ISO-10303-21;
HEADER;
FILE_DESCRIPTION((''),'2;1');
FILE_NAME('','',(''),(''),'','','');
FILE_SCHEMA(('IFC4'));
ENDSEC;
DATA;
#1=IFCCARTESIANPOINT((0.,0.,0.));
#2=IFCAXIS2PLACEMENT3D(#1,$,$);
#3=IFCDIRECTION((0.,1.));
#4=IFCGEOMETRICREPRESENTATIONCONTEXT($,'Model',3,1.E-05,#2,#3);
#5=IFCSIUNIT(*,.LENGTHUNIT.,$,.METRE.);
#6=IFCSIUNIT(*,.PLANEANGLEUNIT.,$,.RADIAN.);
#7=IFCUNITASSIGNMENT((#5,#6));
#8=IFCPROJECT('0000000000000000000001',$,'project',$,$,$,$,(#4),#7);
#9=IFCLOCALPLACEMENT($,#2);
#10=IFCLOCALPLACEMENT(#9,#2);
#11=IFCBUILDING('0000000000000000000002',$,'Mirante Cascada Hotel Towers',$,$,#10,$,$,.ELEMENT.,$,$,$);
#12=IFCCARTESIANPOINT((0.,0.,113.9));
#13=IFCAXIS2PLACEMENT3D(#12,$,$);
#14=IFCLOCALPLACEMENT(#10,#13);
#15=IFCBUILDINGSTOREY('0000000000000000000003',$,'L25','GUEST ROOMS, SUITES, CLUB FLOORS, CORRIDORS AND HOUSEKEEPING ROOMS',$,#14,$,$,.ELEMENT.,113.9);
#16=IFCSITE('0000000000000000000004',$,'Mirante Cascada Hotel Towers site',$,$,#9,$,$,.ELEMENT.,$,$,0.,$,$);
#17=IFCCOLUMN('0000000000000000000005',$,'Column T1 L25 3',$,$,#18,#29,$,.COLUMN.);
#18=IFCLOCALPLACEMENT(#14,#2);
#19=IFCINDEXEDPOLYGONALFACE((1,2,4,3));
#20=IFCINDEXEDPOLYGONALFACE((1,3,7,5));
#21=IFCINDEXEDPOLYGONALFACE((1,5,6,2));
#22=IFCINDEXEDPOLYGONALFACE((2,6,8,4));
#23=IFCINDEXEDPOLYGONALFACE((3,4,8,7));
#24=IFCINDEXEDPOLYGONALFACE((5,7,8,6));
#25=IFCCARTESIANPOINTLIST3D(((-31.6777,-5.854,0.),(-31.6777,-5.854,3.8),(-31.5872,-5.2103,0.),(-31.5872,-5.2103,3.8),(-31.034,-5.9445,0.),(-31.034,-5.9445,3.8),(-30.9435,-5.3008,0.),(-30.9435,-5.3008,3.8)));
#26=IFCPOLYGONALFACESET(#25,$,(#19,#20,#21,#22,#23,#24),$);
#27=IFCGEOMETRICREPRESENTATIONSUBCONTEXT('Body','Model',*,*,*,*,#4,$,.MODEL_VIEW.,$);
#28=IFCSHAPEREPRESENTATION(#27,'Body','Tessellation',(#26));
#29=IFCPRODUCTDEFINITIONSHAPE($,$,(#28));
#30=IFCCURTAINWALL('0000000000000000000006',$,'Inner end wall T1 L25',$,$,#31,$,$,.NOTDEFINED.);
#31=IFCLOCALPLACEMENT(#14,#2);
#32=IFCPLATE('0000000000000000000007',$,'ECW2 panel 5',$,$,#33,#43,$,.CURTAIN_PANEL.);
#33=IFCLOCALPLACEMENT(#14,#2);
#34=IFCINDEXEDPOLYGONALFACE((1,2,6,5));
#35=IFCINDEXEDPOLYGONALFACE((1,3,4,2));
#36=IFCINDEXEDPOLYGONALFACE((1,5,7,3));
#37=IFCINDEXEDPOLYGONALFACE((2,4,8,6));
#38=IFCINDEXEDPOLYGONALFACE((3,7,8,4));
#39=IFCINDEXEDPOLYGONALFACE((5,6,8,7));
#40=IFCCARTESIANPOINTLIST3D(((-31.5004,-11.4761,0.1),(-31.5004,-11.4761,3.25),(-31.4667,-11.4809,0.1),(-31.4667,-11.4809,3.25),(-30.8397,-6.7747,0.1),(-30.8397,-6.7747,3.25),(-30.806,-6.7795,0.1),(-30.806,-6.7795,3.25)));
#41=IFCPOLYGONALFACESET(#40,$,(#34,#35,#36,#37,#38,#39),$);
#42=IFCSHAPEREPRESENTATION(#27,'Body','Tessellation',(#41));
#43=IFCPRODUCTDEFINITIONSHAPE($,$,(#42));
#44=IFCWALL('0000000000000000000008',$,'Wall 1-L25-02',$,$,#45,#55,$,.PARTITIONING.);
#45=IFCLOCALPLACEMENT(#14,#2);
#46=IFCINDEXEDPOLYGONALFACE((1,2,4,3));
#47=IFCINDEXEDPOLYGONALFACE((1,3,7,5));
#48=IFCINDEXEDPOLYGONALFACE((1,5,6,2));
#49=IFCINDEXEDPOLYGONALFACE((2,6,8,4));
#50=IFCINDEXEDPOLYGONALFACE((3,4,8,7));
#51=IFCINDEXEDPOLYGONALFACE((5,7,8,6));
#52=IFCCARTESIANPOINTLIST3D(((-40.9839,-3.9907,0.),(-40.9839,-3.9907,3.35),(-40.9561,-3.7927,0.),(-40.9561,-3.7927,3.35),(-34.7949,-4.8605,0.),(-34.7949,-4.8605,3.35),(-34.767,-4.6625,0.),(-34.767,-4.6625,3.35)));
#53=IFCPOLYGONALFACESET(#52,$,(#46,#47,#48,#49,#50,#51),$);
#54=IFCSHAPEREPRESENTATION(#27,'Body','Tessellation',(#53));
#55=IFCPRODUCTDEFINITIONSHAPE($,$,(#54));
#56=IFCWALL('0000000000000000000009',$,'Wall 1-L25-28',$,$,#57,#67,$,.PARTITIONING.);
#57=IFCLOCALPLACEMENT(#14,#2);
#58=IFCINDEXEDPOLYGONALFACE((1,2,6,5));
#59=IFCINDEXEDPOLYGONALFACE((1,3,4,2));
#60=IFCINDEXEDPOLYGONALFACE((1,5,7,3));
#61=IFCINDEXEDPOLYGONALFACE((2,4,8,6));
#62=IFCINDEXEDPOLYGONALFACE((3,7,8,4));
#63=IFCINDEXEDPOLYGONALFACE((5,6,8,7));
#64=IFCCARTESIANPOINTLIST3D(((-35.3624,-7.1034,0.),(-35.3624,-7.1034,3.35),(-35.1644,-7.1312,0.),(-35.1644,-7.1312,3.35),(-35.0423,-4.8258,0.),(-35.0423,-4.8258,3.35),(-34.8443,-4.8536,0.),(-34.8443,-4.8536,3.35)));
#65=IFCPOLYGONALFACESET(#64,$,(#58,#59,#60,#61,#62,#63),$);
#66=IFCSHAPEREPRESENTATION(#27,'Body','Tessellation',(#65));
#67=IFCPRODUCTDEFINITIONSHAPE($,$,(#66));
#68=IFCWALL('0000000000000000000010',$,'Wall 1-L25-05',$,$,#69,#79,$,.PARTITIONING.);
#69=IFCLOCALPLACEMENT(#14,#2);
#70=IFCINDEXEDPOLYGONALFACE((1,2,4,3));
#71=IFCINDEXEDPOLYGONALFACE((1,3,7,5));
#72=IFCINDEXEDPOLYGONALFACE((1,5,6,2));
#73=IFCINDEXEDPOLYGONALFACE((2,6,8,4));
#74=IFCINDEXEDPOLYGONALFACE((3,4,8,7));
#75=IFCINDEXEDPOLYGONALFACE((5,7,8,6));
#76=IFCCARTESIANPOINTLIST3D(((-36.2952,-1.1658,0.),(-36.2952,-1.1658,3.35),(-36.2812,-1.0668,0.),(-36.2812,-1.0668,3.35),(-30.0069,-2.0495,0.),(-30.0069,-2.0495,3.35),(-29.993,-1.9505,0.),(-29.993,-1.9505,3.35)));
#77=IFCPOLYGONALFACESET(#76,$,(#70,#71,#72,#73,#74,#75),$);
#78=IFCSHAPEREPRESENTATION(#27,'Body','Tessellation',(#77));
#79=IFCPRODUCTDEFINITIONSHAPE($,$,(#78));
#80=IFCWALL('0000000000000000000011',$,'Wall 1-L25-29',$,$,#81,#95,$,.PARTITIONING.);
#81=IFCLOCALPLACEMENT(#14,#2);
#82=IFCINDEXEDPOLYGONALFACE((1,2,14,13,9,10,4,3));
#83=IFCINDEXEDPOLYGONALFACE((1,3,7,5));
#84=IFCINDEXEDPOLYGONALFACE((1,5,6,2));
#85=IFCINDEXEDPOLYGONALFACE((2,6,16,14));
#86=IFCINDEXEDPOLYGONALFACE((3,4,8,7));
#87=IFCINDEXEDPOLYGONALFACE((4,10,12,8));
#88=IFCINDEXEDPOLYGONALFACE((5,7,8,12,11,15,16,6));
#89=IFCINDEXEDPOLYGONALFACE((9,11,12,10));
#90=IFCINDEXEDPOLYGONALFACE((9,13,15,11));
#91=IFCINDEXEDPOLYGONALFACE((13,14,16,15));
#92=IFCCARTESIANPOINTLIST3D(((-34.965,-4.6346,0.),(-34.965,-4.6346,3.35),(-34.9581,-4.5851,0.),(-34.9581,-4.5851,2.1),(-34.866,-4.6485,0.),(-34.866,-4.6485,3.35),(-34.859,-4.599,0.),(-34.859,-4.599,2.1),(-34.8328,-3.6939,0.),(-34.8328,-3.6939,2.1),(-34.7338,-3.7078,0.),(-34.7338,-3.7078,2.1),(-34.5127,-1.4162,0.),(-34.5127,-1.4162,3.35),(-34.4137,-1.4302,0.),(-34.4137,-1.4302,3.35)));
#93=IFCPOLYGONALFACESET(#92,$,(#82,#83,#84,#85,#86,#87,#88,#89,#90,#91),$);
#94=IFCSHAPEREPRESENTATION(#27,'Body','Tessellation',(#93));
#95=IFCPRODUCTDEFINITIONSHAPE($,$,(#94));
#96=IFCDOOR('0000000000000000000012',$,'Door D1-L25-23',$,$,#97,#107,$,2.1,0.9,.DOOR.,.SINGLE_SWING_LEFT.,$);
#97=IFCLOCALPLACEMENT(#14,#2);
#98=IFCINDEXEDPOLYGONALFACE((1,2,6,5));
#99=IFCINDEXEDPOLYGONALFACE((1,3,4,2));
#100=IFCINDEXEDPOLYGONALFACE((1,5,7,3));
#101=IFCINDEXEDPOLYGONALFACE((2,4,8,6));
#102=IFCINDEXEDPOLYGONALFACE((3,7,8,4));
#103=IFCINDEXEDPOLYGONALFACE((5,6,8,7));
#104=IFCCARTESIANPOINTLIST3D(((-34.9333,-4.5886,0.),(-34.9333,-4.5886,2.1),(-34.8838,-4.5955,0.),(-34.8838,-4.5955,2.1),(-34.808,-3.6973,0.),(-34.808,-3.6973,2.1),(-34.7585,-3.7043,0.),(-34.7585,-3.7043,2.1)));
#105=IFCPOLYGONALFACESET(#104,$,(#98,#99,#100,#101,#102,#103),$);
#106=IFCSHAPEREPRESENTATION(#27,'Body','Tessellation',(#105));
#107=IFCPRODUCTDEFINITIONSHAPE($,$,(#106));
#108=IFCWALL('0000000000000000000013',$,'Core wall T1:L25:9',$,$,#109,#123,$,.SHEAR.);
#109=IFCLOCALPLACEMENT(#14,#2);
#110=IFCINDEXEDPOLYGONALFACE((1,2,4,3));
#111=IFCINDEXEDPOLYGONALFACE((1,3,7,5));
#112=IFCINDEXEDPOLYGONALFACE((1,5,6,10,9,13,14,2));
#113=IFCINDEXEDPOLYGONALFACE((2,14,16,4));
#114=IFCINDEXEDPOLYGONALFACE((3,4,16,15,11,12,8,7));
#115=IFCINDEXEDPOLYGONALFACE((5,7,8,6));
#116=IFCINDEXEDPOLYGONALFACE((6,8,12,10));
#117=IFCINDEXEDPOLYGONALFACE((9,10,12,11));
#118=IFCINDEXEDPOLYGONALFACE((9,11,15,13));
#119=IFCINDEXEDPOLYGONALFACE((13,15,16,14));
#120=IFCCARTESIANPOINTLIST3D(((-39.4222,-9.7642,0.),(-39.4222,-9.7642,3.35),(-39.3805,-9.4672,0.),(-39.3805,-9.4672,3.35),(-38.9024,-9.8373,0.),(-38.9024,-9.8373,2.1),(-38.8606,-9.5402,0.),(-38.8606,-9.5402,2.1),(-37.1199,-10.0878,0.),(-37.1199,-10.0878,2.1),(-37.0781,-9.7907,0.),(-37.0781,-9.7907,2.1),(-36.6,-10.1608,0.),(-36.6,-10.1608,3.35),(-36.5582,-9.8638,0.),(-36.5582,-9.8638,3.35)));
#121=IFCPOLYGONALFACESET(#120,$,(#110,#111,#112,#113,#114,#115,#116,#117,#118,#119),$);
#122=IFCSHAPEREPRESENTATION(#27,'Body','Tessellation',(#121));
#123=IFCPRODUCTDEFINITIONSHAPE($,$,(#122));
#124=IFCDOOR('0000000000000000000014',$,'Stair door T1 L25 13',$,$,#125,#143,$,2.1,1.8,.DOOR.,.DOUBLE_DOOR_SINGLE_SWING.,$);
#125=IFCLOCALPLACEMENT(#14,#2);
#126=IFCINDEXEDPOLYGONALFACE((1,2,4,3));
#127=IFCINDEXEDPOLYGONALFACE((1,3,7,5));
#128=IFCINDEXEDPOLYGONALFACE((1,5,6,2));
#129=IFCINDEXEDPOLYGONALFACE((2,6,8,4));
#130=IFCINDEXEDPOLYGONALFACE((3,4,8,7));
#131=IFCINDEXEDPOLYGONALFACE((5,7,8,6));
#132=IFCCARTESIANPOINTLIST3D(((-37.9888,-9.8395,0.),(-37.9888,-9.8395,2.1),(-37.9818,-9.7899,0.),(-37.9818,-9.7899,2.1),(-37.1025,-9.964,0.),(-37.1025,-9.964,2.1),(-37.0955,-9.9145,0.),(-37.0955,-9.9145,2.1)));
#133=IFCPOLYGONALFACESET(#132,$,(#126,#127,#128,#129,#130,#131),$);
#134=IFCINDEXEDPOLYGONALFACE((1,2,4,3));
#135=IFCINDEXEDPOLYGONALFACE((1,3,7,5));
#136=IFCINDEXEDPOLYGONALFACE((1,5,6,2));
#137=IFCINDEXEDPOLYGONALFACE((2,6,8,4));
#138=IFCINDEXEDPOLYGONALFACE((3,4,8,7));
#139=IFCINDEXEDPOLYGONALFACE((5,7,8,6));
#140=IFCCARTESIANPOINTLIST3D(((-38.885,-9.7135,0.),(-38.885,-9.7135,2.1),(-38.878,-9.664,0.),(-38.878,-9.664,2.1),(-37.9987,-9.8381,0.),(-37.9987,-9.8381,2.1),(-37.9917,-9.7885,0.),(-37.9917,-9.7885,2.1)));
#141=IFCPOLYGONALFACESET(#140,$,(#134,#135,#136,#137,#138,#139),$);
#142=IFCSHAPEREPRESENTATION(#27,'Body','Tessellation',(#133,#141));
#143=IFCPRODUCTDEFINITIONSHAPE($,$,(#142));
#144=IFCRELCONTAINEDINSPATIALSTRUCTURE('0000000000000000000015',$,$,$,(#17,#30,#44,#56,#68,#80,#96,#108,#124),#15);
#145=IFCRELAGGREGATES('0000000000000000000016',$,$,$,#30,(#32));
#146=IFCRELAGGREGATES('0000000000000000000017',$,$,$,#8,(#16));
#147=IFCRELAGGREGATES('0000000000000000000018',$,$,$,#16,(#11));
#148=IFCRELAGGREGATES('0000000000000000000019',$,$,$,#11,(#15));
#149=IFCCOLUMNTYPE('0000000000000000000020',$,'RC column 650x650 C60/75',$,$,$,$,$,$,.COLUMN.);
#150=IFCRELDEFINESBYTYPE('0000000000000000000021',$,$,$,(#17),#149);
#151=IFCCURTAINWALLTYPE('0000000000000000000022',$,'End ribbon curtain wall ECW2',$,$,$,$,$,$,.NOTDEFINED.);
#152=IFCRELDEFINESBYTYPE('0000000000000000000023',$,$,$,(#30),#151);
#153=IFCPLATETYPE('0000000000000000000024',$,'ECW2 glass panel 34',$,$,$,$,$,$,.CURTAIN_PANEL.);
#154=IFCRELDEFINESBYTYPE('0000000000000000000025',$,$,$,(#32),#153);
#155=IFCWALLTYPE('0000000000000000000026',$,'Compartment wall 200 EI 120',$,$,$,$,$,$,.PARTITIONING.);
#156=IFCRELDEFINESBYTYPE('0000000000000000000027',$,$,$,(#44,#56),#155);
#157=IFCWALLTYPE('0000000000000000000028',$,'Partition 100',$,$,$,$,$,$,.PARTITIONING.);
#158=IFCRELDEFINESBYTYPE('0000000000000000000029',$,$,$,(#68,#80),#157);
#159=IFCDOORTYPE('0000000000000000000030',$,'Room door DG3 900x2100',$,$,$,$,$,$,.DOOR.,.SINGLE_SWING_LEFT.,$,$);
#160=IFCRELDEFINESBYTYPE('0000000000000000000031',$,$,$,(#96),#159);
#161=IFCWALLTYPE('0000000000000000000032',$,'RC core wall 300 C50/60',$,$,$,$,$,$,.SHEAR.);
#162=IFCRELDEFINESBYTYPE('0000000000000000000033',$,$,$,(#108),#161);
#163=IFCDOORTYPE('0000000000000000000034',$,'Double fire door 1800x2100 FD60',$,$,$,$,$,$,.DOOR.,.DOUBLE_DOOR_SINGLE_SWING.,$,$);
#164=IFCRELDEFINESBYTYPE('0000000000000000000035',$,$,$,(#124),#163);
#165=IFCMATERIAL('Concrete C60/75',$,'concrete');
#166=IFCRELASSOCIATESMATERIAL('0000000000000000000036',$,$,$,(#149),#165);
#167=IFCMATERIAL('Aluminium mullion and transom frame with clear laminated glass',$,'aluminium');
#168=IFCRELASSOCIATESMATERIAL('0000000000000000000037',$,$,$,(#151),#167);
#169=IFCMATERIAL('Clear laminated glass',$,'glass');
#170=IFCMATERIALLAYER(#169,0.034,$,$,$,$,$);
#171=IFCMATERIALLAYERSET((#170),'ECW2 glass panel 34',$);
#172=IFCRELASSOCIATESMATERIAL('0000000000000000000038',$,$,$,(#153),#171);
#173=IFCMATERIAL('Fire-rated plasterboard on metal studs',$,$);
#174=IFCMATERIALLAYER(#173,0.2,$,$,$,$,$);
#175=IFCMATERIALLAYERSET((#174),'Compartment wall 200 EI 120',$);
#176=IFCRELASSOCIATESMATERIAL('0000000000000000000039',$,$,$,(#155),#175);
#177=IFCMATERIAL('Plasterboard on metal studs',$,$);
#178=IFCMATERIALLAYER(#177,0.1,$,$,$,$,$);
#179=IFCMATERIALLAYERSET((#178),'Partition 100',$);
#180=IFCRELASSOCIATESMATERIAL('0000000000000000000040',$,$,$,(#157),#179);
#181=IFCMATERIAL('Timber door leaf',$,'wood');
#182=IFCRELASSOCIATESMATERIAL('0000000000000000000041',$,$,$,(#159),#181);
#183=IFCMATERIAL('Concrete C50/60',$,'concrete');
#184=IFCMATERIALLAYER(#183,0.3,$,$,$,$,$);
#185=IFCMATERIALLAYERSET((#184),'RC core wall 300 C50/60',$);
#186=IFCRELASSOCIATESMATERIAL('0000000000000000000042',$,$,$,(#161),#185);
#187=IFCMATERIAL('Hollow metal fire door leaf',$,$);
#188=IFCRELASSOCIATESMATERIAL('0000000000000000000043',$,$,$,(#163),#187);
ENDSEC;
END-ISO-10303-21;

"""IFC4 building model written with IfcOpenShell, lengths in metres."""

from ifc_helpers import new_model, si_unit, direction, frame, frame_2d, origin, origin_2d, place, context, subcontext, project, spatial, rectangle, extrude, material, layer, layer_set, material_profile, profile_set, type_object, element, fill, aggregate, save


model = new_model("IFC4")

# Units and contexts
model_context = context("Model", 3, precision=1e-05, world=origin(), true_north=direction((0.0, 1.0)))
body_context = subcontext(model_context, "Body", "Model", "MODEL_VIEW")
ifc_project = project(units=[si_unit("LENGTHUNIT", "METRE"), si_unit("PLANEANGLEUNIT", "RADIAN")], contexts=[model_context])

# Site, building, storey
site_placement = place(None, origin())
site = spatial("IfcSite", under=ifc_project, at=site_placement, Name="Mirante Cascada Hotel Towers site", CompositionType="ELEMENT", RefElevation=0.0)
building_placement = place(site_placement, origin())
building = spatial("IfcBuilding", under=site, at=building_placement, Name="Mirante Cascada Hotel Towers", CompositionType="ELEMENT")
storey_placement = place(building_placement, frame((0.0, 0.0, 113.9)))
storey = spatial("IfcBuildingStorey", under=building, at=storey_placement, Name="L25", Description="GUEST ROOMS, SUITES, CLUB FLOORS, CORRIDORS AND HOUSEKEEPING ROOMS", CompositionType="ELEMENT", Elevation=113.9)

# Column
ifc_material_1 = material(Name="Concrete C60/75", Category="concrete")
ifc_material_profile = material_profile(ifc_material_1, rectangle(XDim=0.65, YDim=0.65, at=origin_2d()), Name="RC column 650x650 C60/75")
ifc_profile_set = profile_set([ifc_material_profile], Name="Concrete C60/75")
column_type = type_object("IfcColumnType", Name="RC column 650x650 C60/75", PredefinedType="COLUMN", material=ifc_profile_set)
column_placement = place(storey_placement, frame((-31.3106, -5.5774, 0.0), z_axis=(0.0, 0.0, 1.0), x_axis=(-0.990268, 0.139173, 0.0)))
element("IfcColumn", 1, at=column_placement, inside=storey, type_object=column_type, Name="Column T1 L25 3", PredefinedType="COLUMN", context=body_context, shape_type="SweptSolid", body=[
    extrude(rectangle(XDim=0.65, YDim=0.65, at=origin_2d()), origin(), (0.0, 0.0, 1.0), 3.8),
])

# Curtain wall, plate
ifc_material_2 = material(Name="Aluminium mullion and transom frame with clear laminated glass", Category="aluminium")
curtain_wall_type = type_object("IfcCurtainWallType", Name="End ribbon curtain wall ECW2", PredefinedType="NOTDEFINED", material=ifc_material_2)
curtain_wall_placement = place(storey_placement, origin())
curtain_wall = element("IfcCurtainWall", 2, at=curtain_wall_placement, inside=storey, type_object=curtain_wall_type, Name="Inner end wall T1 L25", PredefinedType="NOTDEFINED")
ifc_material_3 = material(Name="Clear laminated glass", Category="glass")
ifc_layer_1 = layer(ifc_material_3, 0.034)
ifc_layer_set_1 = layer_set([ifc_layer_1], Name="ECW2 glass panel 34")
plate_type = type_object("IfcPlateType", Name="ECW2 glass panel 34", PredefinedType="CURTAIN_PANEL", material=ifc_layer_set_1)
plate_placement = place(storey_placement, frame((-31.1532, -9.1278, 0.1), z_axis=(0.0, 0.0, 1.0), x_axis=(-0.139173, -0.990268, 0.0)))
plate = element("IfcPlate", 3, at=plate_placement, type_object=plate_type, Name="ECW2 panel 5", PredefinedType="CURTAIN_PANEL", context=body_context, shape_type="SweptSolid", body=[
    extrude(rectangle(XDim=4.7476, YDim=0.034, at=origin_2d()), origin(), (0.0, 0.0, 1.0), 3.15),
])
aggregate(curtain_wall, [plate])

# Walls
ifc_material_4 = material(Name="Fire-rated plasterboard on metal studs")
ifc_layer_2 = layer(ifc_material_4, 0.2)
ifc_layer_set_2 = layer_set([ifc_layer_2], Name="Compartment wall 200 EI 120")
wall_type_1 = type_object("IfcWallType", Name="Compartment wall 200 EI 120", PredefinedType="PARTITIONING", material=ifc_layer_set_2)
wall_1_placement = place(storey_placement, frame((-34.7809, -4.7615, 0.0), z_axis=(0.0, 0.0, 1.0), x_axis=(-0.990268, 0.13917, 0.0)))
element("IfcWall", 4, at=wall_1_placement, inside=storey, type_object=wall_type_1, Name="Wall 1-L25-02", PredefinedType="PARTITIONING", context=body_context, shape_type="SweptSolid", body=[
    extrude(rectangle(XDim=6.2499, YDim=0.2, at=frame_2d((3.125, 0.0))), origin(), (0.0, 0.0, 1.0), 3.35),
])
wall_2_placement = place(storey_placement, frame((-35.2634, -7.1173, 0.0), z_axis=(0.0, 0.0, 1.0), x_axis=(0.139175, 0.990268, 0.0)))
element("IfcWall", 5, at=wall_2_placement, inside=storey, type_object=wall_type_1, Name="Wall 1-L25-28", PredefinedType="PARTITIONING", context=body_context, shape_type="SweptSolid", body=[
    extrude(rectangle(XDim=2.3, YDim=0.2, at=frame_2d((1.15, 0.0))), origin(), (0.0, 0.0, 1.0), 3.35),
])
ifc_material_5 = material(Name="Plasterboard on metal studs")
ifc_layer_3 = layer(ifc_material_5, 0.1)
ifc_layer_set_3 = layer_set([ifc_layer_3], Name="Partition 100")
wall_type_2 = type_object("IfcWallType", Name="Partition 100", PredefinedType="PARTITIONING", material=ifc_layer_set_3)
wall_3_placement = place(storey_placement, frame((-36.2882, -1.1163, 0.0), z_axis=(0.0, 0.0, 1.0), x_axis=(0.990269, -0.139166, 0.0)))
element("IfcWall", 6, at=wall_3_placement, inside=storey, type_object=wall_type_2, Name="Wall 1-L25-05", PredefinedType="PARTITIONING", context=body_context, shape_type="SweptSolid", body=[
    extrude(rectangle(XDim=6.35, YDim=0.1, at=frame_2d((3.175, 0.0))), origin(), (0.0, 0.0, 1.0), 3.35),
])

# Walls, openings, doors
wall_4_placement = place(storey_placement, frame((-34.4632, -1.4232, 0.0), z_axis=(0.0, 0.0, 1.0), x_axis=(-0.139168, -0.990269, 0.0)))
wall_4 = element("IfcWall", 7, at=wall_4_placement, inside=storey, type_object=wall_type_2, Name="Wall 1-L25-29", PredefinedType="PARTITIONING", context=body_context, shape_type="SweptSolid", body=[
    extrude(rectangle(XDim=3.25, YDim=0.1, at=frame_2d((1.625, 0.0))), origin(), (0.0, 0.0, 1.0), 3.35),
])
opening_1_placement = place(wall_4_placement, frame((2.3, 0.0, 0.0)))
opening_1 = element("IfcOpeningElement", 8, at=opening_1_placement, cuts=wall_4, PredefinedType="OPENING", context=body_context, shape_type="SweptSolid", body=[
    extrude(rectangle(XDim=0.9, YDim=2.1, at=frame_2d((0.45, 1.05))), frame((0.0, 0.05, 0.0), z_axis=(0.0, -1.0, 0.0), x_axis=(1.0, 0.0, 0.0)), (0.0, 0.0, 1.0), 0.1),
])
ifc_material_6 = material(Name="Timber door leaf", Category="wood")
door_type_1 = type_object("IfcDoorType", Name="Room door DG3 900x2100", OperationType="SINGLE_SWING_LEFT", PredefinedType="DOOR", material=ifc_material_6)
door_1_placement = place(opening_1_placement, origin())
door_1 = element("IfcDoor", 9, at=door_1_placement, inside=storey, type_object=door_type_1, Name="Door D1-L25-23", OperationType="SINGLE_SWING_LEFT", OverallHeight=2.1, OverallWidth=0.9, PredefinedType="DOOR", context=body_context, shape_type="SweptSolid", body=[
    extrude(rectangle(XDim=0.9, YDim=2.1, at=frame_2d((0.45, 1.05))), frame((0.0, 0.025, 0.0), z_axis=(0.0, -1.0, 0.0), x_axis=(1.0, 0.0, 0.0)), (0.0, 0.0, 1.0), 0.05),
])
fill(opening_1, door_1)
ifc_material_7 = material(Name="Concrete C50/60", Category="concrete")
ifc_layer_4 = layer(ifc_material_7, 0.3)
ifc_layer_set_4 = layer_set([ifc_layer_4], Name="RC core wall 300 C50/60")
wall_type_3 = type_object("IfcWallType", Name="RC core wall 300 C50/60", PredefinedType="SHEAR", material=ifc_layer_set_4)
wall_5_placement = place(storey_placement, frame((-36.5791, -10.0123, 0.0), z_axis=(0.0, 0.0, 1.0), x_axis=(-0.99027, 0.139156, 0.0)))
wall_5 = element("IfcWall", 10, at=wall_5_placement, inside=storey, type_object=wall_type_3, Name="Core wall T1:L25:9", PredefinedType="SHEAR", context=body_context, shape_type="SweptSolid", body=[
    extrude(rectangle(XDim=2.85, YDim=0.3, at=frame_2d((1.425, 0.0))), origin(), (0.0, 0.0, 1.0), 3.35),
])
opening_2_placement = place(wall_5_placement, frame((0.525, 0.0, 0.0)))
opening_2 = element("IfcOpeningElement", 11, at=opening_2_placement, cuts=wall_5, PredefinedType="OPENING", context=body_context, shape_type="SweptSolid", body=[
    extrude(rectangle(XDim=1.8, YDim=2.1, at=frame_2d((0.9, 1.05))), frame((0.0, 0.15, 0.0), z_axis=(0.0, -1.0, 0.0), x_axis=(1.0, 0.0, 0.0)), (0.0, 0.0, 1.0), 0.3),
])
ifc_material_8 = material(Name="Hollow metal fire door leaf")
door_type_2 = type_object("IfcDoorType", Name="Double fire door 1800x2100 FD60", OperationType="DOUBLE_DOOR_SINGLE_SWING", PredefinedType="DOOR", material=ifc_material_8)
door_2_placement = place(opening_2_placement, origin())
door_2 = element("IfcDoor", 12, at=door_2_placement, inside=storey, type_object=door_type_2, Name="Stair door T1 L25 13", OperationType="DOUBLE_DOOR_SINGLE_SWING", OverallHeight=2.1, OverallWidth=1.8, PredefinedType="DOOR", context=body_context, shape_type="SweptSolid", body=[
    extrude(rectangle(XDim=0.895, YDim=2.1, at=frame_2d((0.4475, 1.05))), frame((0.0, 0.025, 0.0), z_axis=(0.0, -1.0, 0.0), x_axis=(1.0, 0.0, 0.0)), (0.0, 0.0, 1.0), 0.05),
    extrude(rectangle(XDim=0.895, YDim=2.1, at=frame_2d((1.3525, 1.05))), frame((0.0, 0.025, 0.0), z_axis=(0.0, -1.0, 0.0), x_axis=(1.0, 0.0, 0.0)), (0.0, 0.0, 1.0), 0.05),
])
fill(opening_2, door_2)

save(model, "model.ifc")
